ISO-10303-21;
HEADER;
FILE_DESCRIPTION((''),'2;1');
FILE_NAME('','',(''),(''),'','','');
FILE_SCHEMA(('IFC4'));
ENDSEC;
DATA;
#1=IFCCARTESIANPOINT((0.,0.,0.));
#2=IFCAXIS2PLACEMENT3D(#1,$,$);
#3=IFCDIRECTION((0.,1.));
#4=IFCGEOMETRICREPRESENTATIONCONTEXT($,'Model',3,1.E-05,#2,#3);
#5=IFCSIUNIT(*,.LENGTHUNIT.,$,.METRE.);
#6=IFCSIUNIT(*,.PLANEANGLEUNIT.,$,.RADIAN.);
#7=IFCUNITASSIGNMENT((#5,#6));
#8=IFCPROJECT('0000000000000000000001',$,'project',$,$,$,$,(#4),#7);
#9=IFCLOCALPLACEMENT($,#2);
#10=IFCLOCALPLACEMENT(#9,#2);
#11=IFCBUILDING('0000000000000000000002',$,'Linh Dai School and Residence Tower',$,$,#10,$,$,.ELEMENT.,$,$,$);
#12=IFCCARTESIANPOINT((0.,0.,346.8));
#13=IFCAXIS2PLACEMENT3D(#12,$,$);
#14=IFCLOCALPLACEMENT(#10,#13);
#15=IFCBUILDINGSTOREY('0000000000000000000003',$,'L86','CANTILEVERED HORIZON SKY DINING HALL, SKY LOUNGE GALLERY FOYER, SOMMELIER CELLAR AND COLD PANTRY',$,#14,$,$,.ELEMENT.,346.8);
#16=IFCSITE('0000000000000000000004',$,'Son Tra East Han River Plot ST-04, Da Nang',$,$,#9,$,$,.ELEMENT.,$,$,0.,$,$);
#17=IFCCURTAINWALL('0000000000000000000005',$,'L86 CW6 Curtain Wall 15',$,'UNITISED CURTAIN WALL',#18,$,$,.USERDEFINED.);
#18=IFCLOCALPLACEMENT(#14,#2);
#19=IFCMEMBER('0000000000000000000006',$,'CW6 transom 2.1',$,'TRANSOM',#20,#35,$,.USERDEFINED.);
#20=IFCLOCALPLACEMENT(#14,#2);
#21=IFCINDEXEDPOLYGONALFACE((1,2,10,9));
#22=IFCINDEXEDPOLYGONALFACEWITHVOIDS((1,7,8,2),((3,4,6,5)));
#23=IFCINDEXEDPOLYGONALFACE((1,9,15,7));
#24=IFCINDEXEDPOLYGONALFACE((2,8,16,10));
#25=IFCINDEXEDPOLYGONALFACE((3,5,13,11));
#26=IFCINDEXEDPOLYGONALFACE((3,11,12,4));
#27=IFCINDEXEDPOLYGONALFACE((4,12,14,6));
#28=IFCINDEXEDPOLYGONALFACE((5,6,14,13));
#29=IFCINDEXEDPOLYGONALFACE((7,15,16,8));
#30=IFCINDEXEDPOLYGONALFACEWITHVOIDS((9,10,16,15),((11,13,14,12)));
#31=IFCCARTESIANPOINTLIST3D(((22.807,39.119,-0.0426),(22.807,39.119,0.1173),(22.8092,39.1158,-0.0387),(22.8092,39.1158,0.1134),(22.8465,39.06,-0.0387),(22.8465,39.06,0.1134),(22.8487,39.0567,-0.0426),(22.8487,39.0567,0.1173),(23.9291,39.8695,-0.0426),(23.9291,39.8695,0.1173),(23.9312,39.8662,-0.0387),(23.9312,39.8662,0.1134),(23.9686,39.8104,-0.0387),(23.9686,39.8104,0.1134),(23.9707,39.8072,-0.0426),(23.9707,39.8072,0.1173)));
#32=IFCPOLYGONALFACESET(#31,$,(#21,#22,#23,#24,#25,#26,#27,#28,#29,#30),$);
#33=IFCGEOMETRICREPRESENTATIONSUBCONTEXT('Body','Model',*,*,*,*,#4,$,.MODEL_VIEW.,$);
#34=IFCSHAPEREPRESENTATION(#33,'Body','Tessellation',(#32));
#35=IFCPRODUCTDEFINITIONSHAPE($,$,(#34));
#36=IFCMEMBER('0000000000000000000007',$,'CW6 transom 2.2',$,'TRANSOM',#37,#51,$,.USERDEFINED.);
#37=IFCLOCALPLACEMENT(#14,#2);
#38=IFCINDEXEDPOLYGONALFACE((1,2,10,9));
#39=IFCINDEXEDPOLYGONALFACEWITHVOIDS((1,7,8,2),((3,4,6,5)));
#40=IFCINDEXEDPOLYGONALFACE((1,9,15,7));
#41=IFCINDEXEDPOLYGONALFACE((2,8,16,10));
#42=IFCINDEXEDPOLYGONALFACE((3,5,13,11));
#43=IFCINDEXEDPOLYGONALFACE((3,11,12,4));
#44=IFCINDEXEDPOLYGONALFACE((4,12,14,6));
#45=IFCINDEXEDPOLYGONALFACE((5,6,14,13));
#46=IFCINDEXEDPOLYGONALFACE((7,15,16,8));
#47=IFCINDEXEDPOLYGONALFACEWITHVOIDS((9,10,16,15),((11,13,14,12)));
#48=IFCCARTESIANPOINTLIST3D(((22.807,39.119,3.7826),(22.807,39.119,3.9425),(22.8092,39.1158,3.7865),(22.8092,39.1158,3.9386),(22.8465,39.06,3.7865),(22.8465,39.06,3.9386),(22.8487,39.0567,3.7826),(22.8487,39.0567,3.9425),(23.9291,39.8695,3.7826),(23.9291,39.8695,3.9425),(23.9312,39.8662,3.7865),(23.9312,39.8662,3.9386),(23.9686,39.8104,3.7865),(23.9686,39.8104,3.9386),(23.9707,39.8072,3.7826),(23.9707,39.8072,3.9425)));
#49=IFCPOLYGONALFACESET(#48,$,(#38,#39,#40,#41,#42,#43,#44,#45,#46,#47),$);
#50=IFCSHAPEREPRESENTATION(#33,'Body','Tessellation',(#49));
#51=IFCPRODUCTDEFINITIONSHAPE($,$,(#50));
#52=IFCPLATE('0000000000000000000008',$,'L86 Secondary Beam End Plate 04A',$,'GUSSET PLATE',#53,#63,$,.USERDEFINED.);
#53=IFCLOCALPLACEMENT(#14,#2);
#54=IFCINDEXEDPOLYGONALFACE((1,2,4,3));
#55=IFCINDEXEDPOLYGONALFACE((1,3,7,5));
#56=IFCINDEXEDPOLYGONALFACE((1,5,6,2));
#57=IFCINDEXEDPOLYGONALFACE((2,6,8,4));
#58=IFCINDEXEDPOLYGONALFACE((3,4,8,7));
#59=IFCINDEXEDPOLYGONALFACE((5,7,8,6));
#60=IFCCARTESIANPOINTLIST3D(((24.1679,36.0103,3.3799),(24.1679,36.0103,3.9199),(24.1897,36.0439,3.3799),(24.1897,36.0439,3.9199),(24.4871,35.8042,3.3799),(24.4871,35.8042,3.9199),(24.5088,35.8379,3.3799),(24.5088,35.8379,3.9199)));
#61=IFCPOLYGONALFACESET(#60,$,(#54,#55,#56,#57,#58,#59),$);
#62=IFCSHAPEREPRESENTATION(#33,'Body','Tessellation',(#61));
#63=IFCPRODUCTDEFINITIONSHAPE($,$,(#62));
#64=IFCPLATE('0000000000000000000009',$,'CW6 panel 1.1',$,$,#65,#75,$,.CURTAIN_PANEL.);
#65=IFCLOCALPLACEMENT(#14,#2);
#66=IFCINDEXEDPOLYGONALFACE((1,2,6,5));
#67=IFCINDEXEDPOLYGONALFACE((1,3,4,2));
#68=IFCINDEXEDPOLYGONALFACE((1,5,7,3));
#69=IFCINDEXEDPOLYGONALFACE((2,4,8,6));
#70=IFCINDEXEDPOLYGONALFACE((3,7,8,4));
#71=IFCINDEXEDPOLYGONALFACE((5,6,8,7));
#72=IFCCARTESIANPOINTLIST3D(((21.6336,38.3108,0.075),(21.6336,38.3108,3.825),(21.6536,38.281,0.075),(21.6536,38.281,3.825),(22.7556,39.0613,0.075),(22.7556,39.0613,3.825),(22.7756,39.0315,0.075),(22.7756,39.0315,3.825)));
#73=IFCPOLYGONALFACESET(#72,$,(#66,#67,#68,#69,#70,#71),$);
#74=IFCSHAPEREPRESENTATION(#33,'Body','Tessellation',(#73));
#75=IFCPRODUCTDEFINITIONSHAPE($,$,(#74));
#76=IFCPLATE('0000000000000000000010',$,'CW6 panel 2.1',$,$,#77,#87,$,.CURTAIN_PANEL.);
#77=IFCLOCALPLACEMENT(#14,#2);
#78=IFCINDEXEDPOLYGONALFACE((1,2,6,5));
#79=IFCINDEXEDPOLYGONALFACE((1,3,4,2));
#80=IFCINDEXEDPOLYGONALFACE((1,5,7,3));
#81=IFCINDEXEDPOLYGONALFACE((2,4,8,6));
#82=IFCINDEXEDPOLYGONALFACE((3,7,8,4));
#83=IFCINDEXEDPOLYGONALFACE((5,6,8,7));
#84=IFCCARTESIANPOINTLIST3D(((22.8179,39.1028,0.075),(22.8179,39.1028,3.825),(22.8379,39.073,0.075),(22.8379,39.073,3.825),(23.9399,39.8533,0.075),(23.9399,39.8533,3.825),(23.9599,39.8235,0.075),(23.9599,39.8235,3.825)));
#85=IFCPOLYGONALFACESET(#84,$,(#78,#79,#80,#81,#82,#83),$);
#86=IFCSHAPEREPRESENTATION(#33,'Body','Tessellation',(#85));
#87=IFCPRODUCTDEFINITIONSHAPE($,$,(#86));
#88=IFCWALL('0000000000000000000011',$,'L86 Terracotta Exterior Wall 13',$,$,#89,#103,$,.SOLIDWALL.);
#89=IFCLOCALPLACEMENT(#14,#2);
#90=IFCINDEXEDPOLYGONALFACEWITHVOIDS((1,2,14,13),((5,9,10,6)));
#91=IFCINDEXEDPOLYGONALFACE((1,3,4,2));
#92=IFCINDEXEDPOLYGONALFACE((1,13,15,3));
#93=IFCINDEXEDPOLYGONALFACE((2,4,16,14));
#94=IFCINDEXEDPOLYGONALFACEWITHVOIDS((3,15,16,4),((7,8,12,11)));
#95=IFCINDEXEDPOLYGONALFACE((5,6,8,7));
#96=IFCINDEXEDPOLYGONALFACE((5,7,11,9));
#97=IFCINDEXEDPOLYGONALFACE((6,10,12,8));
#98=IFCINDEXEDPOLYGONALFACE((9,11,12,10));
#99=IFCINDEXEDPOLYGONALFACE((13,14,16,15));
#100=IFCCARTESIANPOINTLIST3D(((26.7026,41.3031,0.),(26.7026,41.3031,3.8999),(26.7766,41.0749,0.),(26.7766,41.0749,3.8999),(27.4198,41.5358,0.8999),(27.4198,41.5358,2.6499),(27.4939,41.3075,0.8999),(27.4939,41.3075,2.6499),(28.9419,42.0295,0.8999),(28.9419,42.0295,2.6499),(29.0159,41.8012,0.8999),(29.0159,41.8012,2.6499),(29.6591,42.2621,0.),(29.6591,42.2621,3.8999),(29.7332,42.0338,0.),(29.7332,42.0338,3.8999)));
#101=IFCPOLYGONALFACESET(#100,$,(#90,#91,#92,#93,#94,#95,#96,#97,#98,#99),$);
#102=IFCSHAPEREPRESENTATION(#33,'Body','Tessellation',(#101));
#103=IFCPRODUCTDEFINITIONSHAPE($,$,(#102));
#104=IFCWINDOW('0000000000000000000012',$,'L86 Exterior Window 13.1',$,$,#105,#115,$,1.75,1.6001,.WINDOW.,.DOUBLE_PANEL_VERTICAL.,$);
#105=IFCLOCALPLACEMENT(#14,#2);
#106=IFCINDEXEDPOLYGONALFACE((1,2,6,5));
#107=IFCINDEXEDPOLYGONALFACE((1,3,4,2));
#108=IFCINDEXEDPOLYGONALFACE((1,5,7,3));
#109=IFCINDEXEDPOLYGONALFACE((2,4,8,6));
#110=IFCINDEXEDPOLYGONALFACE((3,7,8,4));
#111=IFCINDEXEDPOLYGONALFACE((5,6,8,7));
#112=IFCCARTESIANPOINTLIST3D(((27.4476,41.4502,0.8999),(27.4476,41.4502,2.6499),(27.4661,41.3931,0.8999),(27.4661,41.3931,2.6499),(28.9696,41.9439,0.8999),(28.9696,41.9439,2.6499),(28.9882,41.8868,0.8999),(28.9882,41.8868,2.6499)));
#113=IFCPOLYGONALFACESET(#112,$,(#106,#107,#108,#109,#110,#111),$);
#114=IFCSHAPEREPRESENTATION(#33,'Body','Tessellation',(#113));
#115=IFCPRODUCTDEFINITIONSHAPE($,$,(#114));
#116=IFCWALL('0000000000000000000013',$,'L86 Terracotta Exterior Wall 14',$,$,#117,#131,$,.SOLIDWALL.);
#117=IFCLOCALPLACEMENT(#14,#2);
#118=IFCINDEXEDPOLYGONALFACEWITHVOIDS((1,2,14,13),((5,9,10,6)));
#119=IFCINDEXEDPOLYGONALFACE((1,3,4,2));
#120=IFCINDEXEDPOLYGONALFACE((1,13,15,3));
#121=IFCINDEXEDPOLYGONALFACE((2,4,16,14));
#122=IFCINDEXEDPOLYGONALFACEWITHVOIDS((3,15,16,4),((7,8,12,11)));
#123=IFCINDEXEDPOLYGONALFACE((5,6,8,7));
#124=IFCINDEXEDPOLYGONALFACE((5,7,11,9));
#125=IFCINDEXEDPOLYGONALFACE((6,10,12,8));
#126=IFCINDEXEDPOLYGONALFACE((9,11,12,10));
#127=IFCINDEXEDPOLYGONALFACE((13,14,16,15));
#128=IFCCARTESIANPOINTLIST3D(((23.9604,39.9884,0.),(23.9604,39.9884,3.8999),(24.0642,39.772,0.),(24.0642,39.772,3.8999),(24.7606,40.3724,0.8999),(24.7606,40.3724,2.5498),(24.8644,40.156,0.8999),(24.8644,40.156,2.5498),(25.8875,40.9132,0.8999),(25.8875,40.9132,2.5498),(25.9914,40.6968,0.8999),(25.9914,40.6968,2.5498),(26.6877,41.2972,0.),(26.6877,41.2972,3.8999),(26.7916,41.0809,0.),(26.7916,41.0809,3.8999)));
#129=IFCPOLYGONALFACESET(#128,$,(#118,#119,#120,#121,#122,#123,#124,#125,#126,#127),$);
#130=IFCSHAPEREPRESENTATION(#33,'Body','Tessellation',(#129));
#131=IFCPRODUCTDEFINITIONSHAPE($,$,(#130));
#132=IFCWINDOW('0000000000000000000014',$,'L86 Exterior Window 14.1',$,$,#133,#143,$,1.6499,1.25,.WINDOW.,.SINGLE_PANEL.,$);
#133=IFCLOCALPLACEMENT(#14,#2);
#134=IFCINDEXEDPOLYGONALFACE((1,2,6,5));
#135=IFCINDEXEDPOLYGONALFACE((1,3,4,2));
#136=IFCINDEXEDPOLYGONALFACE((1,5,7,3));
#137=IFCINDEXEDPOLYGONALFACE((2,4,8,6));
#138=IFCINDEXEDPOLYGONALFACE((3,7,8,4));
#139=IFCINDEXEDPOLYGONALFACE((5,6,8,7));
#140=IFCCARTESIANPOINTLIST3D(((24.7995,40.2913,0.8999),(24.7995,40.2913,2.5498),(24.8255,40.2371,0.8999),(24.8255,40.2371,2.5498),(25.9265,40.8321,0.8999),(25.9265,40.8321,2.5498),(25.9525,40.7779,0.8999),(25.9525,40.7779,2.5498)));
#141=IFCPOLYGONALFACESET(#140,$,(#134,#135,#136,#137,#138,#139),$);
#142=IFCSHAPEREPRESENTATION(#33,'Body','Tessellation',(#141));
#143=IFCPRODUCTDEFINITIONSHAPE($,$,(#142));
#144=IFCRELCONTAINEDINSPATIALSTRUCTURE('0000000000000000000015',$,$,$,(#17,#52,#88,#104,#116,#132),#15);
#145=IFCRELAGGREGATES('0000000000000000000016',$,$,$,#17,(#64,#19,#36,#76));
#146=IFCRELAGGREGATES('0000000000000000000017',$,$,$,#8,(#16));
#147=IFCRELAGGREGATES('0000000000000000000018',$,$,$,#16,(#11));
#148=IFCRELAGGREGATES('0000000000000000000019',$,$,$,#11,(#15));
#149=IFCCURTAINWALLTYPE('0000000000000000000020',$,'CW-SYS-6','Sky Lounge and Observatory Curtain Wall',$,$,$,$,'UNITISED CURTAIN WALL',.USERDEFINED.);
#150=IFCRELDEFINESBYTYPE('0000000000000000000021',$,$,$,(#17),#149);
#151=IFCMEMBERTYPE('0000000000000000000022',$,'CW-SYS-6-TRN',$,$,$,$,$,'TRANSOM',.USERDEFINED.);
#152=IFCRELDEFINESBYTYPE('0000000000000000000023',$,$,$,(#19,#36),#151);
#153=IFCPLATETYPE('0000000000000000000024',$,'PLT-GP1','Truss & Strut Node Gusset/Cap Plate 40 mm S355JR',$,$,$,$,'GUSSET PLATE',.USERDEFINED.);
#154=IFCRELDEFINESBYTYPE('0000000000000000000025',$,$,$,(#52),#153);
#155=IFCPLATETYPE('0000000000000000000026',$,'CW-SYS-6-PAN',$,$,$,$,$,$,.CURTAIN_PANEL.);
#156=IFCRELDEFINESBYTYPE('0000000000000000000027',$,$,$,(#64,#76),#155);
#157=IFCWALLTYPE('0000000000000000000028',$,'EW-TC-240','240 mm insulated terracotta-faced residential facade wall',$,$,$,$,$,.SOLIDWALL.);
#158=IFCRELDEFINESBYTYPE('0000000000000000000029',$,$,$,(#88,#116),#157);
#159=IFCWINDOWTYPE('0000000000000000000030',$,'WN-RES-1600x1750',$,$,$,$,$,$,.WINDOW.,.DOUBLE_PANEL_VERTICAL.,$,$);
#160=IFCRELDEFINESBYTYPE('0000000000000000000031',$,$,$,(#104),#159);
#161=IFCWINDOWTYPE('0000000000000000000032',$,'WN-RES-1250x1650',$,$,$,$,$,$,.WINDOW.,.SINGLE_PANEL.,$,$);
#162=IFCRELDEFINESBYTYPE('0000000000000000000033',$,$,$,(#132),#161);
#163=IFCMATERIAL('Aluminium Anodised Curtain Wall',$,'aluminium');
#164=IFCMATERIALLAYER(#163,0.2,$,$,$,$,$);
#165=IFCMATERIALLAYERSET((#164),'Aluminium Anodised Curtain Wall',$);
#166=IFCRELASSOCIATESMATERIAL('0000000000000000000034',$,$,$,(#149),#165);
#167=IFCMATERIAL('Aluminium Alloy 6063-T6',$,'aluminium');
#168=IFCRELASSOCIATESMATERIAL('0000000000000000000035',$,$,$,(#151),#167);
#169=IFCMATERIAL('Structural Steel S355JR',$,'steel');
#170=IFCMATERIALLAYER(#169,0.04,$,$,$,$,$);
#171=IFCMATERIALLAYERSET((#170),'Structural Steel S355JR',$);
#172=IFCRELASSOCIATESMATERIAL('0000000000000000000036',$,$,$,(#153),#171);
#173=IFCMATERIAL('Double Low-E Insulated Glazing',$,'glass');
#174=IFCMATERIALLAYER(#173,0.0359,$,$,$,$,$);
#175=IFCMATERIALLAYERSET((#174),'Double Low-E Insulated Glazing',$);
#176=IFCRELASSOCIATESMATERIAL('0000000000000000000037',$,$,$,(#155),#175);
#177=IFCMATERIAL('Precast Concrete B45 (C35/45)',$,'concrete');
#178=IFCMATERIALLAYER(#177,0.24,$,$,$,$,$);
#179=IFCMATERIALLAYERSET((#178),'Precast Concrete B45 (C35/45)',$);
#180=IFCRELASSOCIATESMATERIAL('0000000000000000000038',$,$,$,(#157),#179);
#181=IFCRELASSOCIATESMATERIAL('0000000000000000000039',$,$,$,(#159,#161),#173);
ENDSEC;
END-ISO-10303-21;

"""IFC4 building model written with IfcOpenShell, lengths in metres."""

from ifc_helpers import new_model, si_unit, direction, frame, frame_2d, origin, origin_2d, place, context, subcontext, project, spatial, rectangle, hollow_rectangle, extrude, source, transform, mapped, material, layer, layer_set, material_profile, profile_set, type_object, element, fill, aggregate, save


model = new_model("IFC4")

# Units and contexts
model_context = context("Model", 3, precision=1e-05, world=origin(), true_north=direction((0.0, 1.0)))
body_context = subcontext(model_context, "Body", "Model", "MODEL_VIEW")
ifc_project = project(units=[si_unit("LENGTHUNIT", "METRE"), si_unit("PLANEANGLEUNIT", "RADIAN")], contexts=[model_context])

# Site, building, storey
site_placement = place(None, origin())
site = spatial("IfcSite", under=ifc_project, at=site_placement, Name="Son Tra East Han River Plot ST-04, Da Nang", CompositionType="ELEMENT", RefElevation=0.0)
building_placement = place(site_placement, origin())
building = spatial("IfcBuilding", under=site, at=building_placement, Name="Linh Dai School and Residence Tower", CompositionType="ELEMENT")
storey_placement = place(building_placement, frame((0.0, 0.0, 346.8)))
storey = spatial("IfcBuildingStorey", under=building, at=storey_placement, Name="L86", Description="CANTILEVERED HORIZON SKY DINING HALL, SKY LOUNGE GALLERY FOYER, SOMMELIER CELLAR AND COLD PANTRY", CompositionType="ELEMENT", Elevation=346.8)

# Shared definitions
ifc_material_1 = material(Name="Structural Steel S355JR", Category="steel")

# Curtain wall, members
ifc_material_2 = material(Name="Aluminium Anodised Curtain Wall", Category="aluminium")
ifc_layer_1 = layer(ifc_material_2, 0.2)
ifc_layer_set_1 = layer_set([ifc_layer_1], Name="Aluminium Anodised Curtain Wall")
curtain_wall_type = type_object("IfcCurtainWallType", Name="CW-SYS-6", Description="Sky Lounge and Observatory Curtain Wall", ElementType="UNITISED CURTAIN WALL", PredefinedType="USERDEFINED", material=ifc_layer_set_1)
curtain_wall_placement = place(storey_placement, origin())
curtain_wall = element("IfcCurtainWall", 1, at=curtain_wall_placement, inside=storey, type_object=curtain_wall_type, Name="L86 CW6 Curtain Wall 15", ObjectType="UNITISED CURTAIN WALL", PredefinedType="USERDEFINED")
ifc_material_3 = material(Name="Aluminium Alloy 6063-T6", Category="aluminium")
ifc_material_profile_1 = material_profile(ifc_material_3, hollow_rectangle(XDim=0.075, YDim=0.1599, WallThickness=0.0039, at=origin_2d()), Name="RHS 160x75x4")
ifc_profile_set_1 = profile_set([ifc_material_profile_1], Name="Aluminium Alloy 6063-T6")
member_type_1 = type_object("IfcMemberType", Name="CW-SYS-6-TRN", ElementType="TRANSOM", PredefinedType="USERDEFINED", material=ifc_profile_set_1)
shared_shape_1 = source(origin(), body_context, "Body", "SweptSolid", [
    extrude(hollow_rectangle(XDim=0.075, YDim=0.1599, WallThickness=0.0039, at=origin_2d()), origin(), (0.0, 0.0, 1.0), 1.3499),
])
member_1_placement = place(storey_placement, frame((22.8279, 39.0879, 0.0374), z_axis=(0.831215, 0.555952, 0.0), x_axis=(-0.555952, 0.831215, 0.0)))
member_1 = element("IfcMember", 2, at=member_1_placement, type_object=member_type_1, Name="CW6 transom 2.1", ObjectType="TRANSOM", PredefinedType="USERDEFINED", context=body_context, shape_type="MappedRepresentation", body=[
    mapped(shared_shape_1, transform((0.0, 0.0, 0.0), x_axis=(1.0, 0.0, 0.0), y_axis=(0.0, 1.0, 0.0), z_axis=(0.0, 0.0, 1.0), scale=1.0)),
])
member_2_placement = place(storey_placement, frame((22.8279, 39.0879, 3.8625), z_axis=(0.831215, 0.555952, 0.0), x_axis=(-0.555952, 0.831215, 0.0)))
member_2 = element("IfcMember", 3, at=member_2_placement, type_object=member_type_1, Name="CW6 transom 2.2", ObjectType="TRANSOM", PredefinedType="USERDEFINED", context=body_context, shape_type="MappedRepresentation", body=[
    mapped(shared_shape_1, transform((0.0, 0.0, 0.0), x_axis=(1.0, 0.0, 0.0), y_axis=(0.0, 1.0, 0.0), z_axis=(0.0, 0.0, 1.0), scale=1.0)),
])

# Plates
ifc_layer_2 = layer(ifc_material_1, 0.04)
ifc_layer_set_2 = layer_set([ifc_layer_2], Name="Structural Steel S355JR")
plate_type_1 = type_object("IfcPlateType", Name="PLT-GP1", Description="Truss & Strut Node Gusset/Cap Plate 40 mm S355JR", ElementType="GUSSET PLATE", PredefinedType="USERDEFINED", material=ifc_layer_set_2)
shared_shape_2 = source(origin(), body_context, "Body", "SweptSolid", [
    extrude(rectangle(XDim=0.04, YDim=0.3799, at=origin_2d()), origin(), (0.0, 0.0, 1.0), 0.54),
])
plate_1_placement = place(storey_placement, frame((24.3384, 35.9241, 3.3799), z_axis=(0.0, 0.0, 1.0), x_axis=(-0.542322, -0.840171, 0.0)))
element("IfcPlate", 4, at=plate_1_placement, inside=storey, type_object=plate_type_1, Name="L86 Secondary Beam End Plate 04A", ObjectType="GUSSET PLATE", PredefinedType="USERDEFINED", context=body_context, shape_type="MappedRepresentation", body=[
    mapped(shared_shape_2, transform((0.0, 0.0, 0.0), x_axis=(1.0, 0.0, 0.0), y_axis=(0.0, 1.0, 0.0), z_axis=(0.0, 0.0, 1.0), scale=1.0)),
])
ifc_material_4 = material(Name="Double Low-E Insulated Glazing", Category="glass")
ifc_layer_3 = layer(ifc_material_4, 0.0359)
ifc_layer_set_3 = layer_set([ifc_layer_3], Name="Double Low-E Insulated Glazing")
plate_type_2 = type_object("IfcPlateType", Name="CW-SYS-6-PAN", PredefinedType="CURTAIN_PANEL", material=ifc_layer_set_3)
shared_shape_3 = source(origin(), body_context, "Body", "SweptSolid", [
    extrude(rectangle(XDim=1.3499, YDim=0.0359, at=origin_2d()), origin(), (0.0, 0.0, 1.0), 3.75),
])
plate_2_placement = place(storey_placement, frame((22.2046, 38.6711, 0.075), z_axis=(0.0, 0.0, 1.0), x_axis=(0.831202, 0.555971, 0.0)))
plate_2 = element("IfcPlate", 5, at=plate_2_placement, type_object=plate_type_2, Name="CW6 panel 1.1", PredefinedType="CURTAIN_PANEL", context=body_context, shape_type="MappedRepresentation", body=[
    mapped(shared_shape_3, transform((0.0, 0.0, 0.0), x_axis=(1.0, 0.0, 0.0), y_axis=(0.0, 1.0, 0.0), z_axis=(0.0, 0.0, 1.0), scale=1.0)),
])
plate_3_placement = place(storey_placement, frame((23.3889, 39.4631, 0.075), z_axis=(0.0, 0.0, 1.0), x_axis=(0.831202, 0.555971, 0.0)))
plate_3 = element("IfcPlate", 6, at=plate_3_placement, type_object=plate_type_2, Name="CW6 panel 2.1", PredefinedType="CURTAIN_PANEL", context=body_context, shape_type="MappedRepresentation", body=[
    mapped(shared_shape_3, transform((0.0, 0.0, 0.0), x_axis=(1.0, 0.0, 0.0), y_axis=(0.0, 1.0, 0.0), z_axis=(0.0, 0.0, 1.0), scale=1.0)),
])
aggregate(curtain_wall, [plate_2, member_1, member_2, plate_3])

# Walls, openings, windows
ifc_material_5 = material(Name="Precast Concrete B45 (C35/45)", Category="concrete")
ifc_layer_4 = layer(ifc_material_5, 0.24)
ifc_layer_set_4 = layer_set([ifc_layer_4], Name="Precast Concrete B45 (C35/45)")
wall_type_1 = type_object("IfcWallType", Name="EW-TC-240", Description="240 mm insulated terracotta-faced residential facade wall", PredefinedType="SOLIDWALL", material=ifc_layer_set_4)
wall_1_placement = place(storey_placement, frame((26.7395, 41.189, 0.0), z_axis=(0.0, 0.0, 1.0), x_axis=(0.951213, 0.308535, 0.0)))
wall_1 = element("IfcWall", 7, at=wall_1_placement, inside=storey, type_object=wall_type_1, Name="L86 Terracotta Exterior Wall 13", PredefinedType="SOLIDWALL", context=body_context, shape_type="SweptSolid", body=[
    extrude(rectangle(XDim=3.1082, YDim=0.24, at=frame_2d((1.5542, 0.0))), origin(), (0.0, 0.0, 1.0), 3.8999),
])
opening_1_placement = place(wall_1_placement, frame((0.7542, 0.0, 0.8999)))
opening_1 = element("IfcOpeningElement", 8, at=opening_1_placement, cuts=wall_1, PredefinedType="OPENING", context=body_context, shape_type="SweptSolid", body=[
    extrude(rectangle(XDim=1.6001, YDim=1.75, at=origin_2d()), frame((0.8, 0.1299, 0.875), z_axis=(0.0, -1.0, 0.0), x_axis=(1.0, 0.0, 0.0)), (0.0, 0.0, 1.0), 0.26),
])
window_type_1 = type_object("IfcWindowType", Name="WN-RES-1600x1750", PartitioningType="DOUBLE_PANEL_VERTICAL", PredefinedType="WINDOW", material=ifc_material_4)
shared_shape_4 = source(origin(), body_context, "Body", "SweptSolid", [
    extrude(rectangle(XDim=1.6001, YDim=1.75, at=origin_2d()), frame((0.8, 0.03, 0.875), z_axis=(0.0, -1.0, 0.0), x_axis=(1.0, 0.0, 0.0)), (0.0, 0.0, 1.0), 0.0601),
])
window_1_placement = place(opening_1_placement, origin())
window_1 = element("IfcWindow", 9, at=window_1_placement, inside=storey, type_object=window_type_1, Name="L86 Exterior Window 13.1", OverallHeight=1.75, OverallWidth=1.6001, PartitioningType="DOUBLE_PANEL_VERTICAL", PredefinedType="WINDOW", context=body_context, shape_type="MappedRepresentation", body=[
    mapped(shared_shape_4, transform((0.0, 0.0, 0.0), x_axis=(1.0, 0.0, 0.0), y_axis=(0.0, 1.0, 0.0), z_axis=(0.0, 0.0, 1.0), scale=1.0)),
])
fill(opening_1, window_1)
wall_2_placement = place(storey_placement, frame((24.0122, 39.8801, 0.0), z_axis=(0.0, 0.0, 1.0), x_axis=(0.901557, 0.43266, 0.0)))
wall_2 = element("IfcWall", 10, at=wall_2_placement, inside=storey, type_object=wall_type_1, Name="L86 Terracotta Exterior Wall 14", PredefinedType="SOLIDWALL", context=body_context, shape_type="SweptSolid", body=[
    extrude(rectangle(XDim=3.0251, YDim=0.24, at=frame_2d((1.5127, 0.0))), origin(), (0.0, 0.0, 1.0), 3.8999),
])
opening_2_placement = place(wall_2_placement, frame((0.8877, 0.0, 0.8999)))
opening_2 = element("IfcOpeningElement", 11, at=opening_2_placement, cuts=wall_2, PredefinedType="OPENING", context=body_context, shape_type="SweptSolid", body=[
    extrude(rectangle(XDim=1.25, YDim=1.6499, at=origin_2d()), frame((0.625, 0.1299, 0.825), z_axis=(0.0, -1.0, 0.0), x_axis=(1.0, 0.0, 0.0)), (0.0, 0.0, 1.0), 0.26),
])
window_type_2 = type_object("IfcWindowType", Name="WN-RES-1250x1650", PartitioningType="SINGLE_PANEL", PredefinedType="WINDOW", material=ifc_material_4)
shared_shape_5 = source(origin(), body_context, "Body", "SweptSolid", [
    extrude(rectangle(XDim=1.25, YDim=1.6499, at=origin_2d()), frame((0.625, 0.03, 0.825), z_axis=(0.0, -1.0, 0.0), x_axis=(1.0, 0.0, 0.0)), (0.0, 0.0, 1.0), 0.0601),
])
window_2_placement = place(opening_2_placement, origin())
window_2 = element("IfcWindow", 12, at=window_2_placement, inside=storey, type_object=window_type_2, Name="L86 Exterior Window 14.1", OverallHeight=1.6499, OverallWidth=1.25, PartitioningType="SINGLE_PANEL", PredefinedType="WINDOW", context=body_context, shape_type="MappedRepresentation", body=[
    mapped(shared_shape_5, transform((0.0, 0.0, 0.0), x_axis=(1.0, 0.0, 0.0), y_axis=(0.0, 1.0, 0.0), z_axis=(0.0, 0.0, 1.0), scale=1.0)),
])
fill(opening_2, window_2)

save(model, "model.ifc")
